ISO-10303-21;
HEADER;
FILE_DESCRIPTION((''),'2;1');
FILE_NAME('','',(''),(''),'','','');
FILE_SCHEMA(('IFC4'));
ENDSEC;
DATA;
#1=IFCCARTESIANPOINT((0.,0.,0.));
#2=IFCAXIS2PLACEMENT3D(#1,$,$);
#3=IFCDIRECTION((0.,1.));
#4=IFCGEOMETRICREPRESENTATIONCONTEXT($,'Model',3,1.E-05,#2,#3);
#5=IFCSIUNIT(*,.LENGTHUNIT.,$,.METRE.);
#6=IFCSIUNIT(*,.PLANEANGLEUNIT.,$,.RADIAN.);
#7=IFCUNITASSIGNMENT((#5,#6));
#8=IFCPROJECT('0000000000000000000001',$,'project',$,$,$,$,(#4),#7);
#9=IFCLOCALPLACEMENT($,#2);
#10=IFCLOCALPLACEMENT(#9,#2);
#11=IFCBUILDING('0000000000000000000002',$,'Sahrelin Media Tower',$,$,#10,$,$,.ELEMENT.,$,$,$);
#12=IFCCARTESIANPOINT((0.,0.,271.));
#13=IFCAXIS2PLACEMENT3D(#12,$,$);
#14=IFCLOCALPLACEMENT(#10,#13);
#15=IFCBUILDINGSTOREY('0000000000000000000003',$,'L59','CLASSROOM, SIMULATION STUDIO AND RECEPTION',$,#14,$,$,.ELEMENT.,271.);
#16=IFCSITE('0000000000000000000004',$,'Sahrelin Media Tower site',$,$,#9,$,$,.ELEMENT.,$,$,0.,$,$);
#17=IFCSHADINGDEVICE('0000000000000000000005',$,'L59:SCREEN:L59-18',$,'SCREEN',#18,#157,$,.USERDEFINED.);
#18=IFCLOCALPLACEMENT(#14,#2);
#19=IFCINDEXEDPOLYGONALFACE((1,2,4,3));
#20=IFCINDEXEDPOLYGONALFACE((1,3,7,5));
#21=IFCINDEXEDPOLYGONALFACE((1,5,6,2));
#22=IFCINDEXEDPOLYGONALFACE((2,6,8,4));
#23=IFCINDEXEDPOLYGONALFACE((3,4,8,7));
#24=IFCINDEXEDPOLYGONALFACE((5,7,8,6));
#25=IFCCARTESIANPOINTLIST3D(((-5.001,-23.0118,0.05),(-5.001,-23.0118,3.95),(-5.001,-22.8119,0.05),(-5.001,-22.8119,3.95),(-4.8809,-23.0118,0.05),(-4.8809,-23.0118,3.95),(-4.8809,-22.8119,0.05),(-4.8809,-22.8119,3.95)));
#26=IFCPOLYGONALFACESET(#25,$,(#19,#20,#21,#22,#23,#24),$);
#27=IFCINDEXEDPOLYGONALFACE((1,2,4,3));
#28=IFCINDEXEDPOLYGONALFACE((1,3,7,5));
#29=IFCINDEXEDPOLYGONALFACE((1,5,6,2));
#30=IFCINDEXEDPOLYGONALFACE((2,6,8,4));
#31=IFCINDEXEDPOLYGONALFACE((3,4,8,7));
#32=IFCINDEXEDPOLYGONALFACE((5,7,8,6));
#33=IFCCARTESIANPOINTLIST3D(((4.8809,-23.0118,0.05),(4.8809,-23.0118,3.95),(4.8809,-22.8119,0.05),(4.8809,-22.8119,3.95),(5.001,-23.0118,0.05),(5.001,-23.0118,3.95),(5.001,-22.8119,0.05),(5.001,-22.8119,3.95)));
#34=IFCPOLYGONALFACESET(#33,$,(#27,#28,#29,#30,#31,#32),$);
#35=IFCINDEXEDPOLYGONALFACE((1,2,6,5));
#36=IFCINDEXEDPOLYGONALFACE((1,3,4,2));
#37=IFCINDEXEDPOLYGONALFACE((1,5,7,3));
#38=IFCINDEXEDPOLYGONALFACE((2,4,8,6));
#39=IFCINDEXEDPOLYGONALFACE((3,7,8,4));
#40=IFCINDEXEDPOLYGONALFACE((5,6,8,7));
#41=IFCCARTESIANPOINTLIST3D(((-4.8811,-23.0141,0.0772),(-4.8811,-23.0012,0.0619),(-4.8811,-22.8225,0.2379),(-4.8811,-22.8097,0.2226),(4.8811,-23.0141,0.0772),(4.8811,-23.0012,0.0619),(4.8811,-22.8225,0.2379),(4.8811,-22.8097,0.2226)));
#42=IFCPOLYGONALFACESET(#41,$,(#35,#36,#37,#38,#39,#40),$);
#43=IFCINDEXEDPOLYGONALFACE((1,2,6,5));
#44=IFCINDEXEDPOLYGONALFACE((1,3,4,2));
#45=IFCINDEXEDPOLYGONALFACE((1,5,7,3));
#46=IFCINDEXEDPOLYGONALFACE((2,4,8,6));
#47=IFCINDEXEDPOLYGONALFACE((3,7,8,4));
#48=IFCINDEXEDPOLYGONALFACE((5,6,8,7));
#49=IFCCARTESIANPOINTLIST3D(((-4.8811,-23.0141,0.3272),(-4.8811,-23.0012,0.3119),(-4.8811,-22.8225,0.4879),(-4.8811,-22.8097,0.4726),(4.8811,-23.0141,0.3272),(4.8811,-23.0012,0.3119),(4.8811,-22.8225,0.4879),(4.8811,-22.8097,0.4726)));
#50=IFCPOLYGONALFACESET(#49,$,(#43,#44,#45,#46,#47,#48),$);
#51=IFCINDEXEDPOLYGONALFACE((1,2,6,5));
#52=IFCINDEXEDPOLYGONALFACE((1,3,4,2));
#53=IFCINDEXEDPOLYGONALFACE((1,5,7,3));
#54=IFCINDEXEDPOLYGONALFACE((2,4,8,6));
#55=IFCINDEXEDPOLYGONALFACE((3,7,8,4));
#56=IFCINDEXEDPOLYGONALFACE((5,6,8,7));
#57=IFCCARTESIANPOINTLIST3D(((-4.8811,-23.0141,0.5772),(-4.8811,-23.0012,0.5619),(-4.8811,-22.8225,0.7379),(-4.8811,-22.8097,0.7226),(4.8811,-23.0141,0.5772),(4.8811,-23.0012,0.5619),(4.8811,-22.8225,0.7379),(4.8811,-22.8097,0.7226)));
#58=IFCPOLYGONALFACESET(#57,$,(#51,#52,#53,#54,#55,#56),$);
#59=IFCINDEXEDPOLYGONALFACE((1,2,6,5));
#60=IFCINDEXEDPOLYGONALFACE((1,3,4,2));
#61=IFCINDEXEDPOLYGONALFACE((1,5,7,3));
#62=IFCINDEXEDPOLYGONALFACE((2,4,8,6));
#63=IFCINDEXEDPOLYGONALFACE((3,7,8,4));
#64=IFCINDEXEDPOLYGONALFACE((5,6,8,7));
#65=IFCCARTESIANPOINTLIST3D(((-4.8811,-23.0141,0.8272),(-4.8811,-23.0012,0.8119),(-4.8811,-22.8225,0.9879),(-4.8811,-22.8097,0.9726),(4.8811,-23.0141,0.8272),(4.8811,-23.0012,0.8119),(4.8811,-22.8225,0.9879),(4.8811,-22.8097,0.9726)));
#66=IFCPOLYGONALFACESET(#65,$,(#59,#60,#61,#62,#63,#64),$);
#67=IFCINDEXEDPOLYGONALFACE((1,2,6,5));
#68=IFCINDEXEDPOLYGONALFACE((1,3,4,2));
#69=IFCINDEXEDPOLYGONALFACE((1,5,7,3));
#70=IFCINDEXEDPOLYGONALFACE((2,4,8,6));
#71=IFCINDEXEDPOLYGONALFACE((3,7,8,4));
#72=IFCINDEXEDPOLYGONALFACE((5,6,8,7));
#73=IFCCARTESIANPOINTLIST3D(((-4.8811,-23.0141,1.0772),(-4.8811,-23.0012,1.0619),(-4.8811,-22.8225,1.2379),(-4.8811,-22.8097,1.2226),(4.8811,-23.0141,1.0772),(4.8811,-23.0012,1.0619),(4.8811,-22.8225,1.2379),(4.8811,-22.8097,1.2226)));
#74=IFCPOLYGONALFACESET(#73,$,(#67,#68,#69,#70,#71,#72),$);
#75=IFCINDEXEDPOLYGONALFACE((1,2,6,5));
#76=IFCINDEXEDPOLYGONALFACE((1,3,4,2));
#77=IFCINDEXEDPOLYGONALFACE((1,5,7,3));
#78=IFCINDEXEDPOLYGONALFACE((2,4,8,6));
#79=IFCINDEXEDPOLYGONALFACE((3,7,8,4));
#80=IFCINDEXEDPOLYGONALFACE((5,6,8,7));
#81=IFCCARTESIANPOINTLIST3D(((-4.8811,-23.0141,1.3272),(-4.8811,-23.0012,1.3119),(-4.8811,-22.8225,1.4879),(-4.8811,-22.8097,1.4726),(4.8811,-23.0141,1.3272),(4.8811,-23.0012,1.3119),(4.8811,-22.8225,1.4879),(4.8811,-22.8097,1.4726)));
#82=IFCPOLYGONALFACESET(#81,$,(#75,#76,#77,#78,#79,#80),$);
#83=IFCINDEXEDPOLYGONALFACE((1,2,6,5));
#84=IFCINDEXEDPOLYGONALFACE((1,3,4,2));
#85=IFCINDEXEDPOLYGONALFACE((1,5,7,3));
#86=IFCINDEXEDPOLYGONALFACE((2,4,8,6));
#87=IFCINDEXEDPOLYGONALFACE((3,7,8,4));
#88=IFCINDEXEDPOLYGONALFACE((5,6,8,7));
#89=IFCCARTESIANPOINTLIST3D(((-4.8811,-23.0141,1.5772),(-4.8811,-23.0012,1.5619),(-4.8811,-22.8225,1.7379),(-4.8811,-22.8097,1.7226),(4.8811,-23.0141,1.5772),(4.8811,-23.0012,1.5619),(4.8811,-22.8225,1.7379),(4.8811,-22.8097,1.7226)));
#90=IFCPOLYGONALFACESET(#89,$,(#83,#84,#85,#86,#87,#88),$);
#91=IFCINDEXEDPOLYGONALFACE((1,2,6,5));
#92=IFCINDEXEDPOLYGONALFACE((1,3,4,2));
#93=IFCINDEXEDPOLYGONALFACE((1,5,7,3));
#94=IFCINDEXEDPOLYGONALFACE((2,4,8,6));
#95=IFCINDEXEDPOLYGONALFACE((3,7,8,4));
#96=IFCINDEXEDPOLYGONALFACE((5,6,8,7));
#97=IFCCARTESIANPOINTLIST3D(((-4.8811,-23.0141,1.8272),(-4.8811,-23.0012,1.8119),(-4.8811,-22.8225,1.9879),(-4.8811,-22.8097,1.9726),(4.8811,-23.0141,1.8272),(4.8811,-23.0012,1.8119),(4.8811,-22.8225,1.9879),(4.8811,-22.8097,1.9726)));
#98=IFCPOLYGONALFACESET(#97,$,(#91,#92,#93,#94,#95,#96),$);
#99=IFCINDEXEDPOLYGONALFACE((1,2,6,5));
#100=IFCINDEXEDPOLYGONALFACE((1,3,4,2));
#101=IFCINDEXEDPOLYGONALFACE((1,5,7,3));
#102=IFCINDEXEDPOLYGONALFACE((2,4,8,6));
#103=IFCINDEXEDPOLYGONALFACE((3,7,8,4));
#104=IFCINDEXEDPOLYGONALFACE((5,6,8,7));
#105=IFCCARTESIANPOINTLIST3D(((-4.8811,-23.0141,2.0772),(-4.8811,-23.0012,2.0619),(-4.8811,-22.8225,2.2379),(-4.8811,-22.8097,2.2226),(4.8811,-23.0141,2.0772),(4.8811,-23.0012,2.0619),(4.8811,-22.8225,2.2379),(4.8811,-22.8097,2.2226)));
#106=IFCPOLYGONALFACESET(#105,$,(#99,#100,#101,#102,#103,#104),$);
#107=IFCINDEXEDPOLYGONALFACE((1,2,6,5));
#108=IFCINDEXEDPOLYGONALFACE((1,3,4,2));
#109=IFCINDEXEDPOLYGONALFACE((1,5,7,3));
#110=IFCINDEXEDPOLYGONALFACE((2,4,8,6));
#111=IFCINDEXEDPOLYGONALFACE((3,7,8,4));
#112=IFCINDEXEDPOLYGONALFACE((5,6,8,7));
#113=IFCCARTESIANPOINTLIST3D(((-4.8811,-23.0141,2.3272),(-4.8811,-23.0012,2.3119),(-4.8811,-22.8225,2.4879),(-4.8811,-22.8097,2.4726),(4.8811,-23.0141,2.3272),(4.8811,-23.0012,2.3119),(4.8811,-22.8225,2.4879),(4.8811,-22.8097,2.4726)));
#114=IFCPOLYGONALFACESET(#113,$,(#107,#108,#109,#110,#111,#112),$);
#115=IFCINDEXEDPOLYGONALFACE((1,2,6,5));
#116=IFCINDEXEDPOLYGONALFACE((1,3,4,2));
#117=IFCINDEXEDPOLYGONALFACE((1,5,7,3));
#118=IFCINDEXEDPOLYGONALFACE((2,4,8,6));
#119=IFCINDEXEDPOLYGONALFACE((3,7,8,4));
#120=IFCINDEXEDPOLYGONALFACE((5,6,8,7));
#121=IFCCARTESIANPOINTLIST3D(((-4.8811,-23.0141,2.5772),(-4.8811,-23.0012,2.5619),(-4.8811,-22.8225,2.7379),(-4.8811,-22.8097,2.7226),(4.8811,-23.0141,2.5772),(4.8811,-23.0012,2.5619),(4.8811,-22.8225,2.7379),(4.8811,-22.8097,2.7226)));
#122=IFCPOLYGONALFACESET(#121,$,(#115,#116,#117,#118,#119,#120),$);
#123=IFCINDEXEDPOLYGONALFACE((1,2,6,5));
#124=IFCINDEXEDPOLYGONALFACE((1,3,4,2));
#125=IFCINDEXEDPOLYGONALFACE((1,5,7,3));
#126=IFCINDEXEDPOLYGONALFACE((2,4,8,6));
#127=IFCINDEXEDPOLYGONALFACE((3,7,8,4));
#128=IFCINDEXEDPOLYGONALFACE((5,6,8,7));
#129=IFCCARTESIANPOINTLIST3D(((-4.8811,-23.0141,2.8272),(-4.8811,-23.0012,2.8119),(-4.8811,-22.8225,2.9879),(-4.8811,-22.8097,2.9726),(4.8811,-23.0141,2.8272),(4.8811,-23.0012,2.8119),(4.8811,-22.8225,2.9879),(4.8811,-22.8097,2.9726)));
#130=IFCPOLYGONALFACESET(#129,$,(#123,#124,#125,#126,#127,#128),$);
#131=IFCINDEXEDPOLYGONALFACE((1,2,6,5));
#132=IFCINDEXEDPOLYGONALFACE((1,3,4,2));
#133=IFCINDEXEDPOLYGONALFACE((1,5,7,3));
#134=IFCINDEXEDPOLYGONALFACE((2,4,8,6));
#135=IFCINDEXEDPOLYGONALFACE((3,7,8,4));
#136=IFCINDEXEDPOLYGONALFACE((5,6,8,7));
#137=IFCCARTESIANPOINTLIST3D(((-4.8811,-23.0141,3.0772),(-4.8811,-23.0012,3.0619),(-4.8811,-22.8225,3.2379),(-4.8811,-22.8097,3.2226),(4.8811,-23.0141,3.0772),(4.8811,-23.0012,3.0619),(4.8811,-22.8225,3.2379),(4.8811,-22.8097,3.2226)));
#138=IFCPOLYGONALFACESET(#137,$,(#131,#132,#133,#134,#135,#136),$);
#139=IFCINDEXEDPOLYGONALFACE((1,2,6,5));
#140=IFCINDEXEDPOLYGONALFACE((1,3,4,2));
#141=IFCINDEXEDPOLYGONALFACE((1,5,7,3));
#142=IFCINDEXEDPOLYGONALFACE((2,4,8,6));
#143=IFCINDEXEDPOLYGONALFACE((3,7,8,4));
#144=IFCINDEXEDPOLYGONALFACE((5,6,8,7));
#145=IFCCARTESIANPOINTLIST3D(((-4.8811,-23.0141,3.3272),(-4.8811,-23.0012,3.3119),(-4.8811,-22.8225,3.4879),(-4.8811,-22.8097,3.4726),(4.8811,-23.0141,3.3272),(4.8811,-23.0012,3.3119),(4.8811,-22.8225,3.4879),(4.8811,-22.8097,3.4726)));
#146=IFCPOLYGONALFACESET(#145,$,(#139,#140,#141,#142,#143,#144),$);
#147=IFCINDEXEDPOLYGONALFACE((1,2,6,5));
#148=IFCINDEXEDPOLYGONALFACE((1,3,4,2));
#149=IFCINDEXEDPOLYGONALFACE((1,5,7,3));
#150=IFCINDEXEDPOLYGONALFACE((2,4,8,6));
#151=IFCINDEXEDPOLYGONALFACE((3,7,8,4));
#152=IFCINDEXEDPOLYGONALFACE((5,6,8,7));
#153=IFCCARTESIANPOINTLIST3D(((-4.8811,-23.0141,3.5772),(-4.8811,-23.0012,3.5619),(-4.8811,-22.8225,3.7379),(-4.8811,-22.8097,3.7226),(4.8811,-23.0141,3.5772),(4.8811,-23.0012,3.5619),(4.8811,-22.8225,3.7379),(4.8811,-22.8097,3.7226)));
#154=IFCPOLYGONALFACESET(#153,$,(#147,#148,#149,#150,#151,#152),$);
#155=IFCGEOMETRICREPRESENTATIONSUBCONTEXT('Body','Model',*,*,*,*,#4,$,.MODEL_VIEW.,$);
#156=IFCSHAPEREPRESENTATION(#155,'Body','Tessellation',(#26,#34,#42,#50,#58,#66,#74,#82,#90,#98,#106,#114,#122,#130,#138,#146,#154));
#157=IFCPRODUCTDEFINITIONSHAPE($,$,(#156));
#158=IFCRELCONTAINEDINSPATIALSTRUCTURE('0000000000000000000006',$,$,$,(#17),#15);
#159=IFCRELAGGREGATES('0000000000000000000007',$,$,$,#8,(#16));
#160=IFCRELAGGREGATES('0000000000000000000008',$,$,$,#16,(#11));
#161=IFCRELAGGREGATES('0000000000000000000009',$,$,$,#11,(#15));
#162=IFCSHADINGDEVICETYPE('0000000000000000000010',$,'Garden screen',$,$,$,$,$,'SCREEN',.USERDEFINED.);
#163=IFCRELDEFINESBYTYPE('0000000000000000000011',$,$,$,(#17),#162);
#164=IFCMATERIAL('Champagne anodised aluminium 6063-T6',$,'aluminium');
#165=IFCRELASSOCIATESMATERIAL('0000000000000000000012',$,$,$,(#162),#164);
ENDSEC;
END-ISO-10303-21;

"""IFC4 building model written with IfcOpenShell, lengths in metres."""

from ifc_helpers import new_model, si_unit, direction, frame, origin, origin_2d, place, context, subcontext, project, spatial, rectangle, extrude, material, type_object, element, save


model = new_model("IFC4")

# Units and contexts
model_context = context("Model", 3, precision=1e-05, world=origin(), true_north=direction((0.0, 1.0)))
body_context = subcontext(model_context, "Body", "Model", "MODEL_VIEW")
ifc_project = project(units=[si_unit("LENGTHUNIT", "METRE"), si_unit("PLANEANGLEUNIT", "RADIAN")], contexts=[model_context])

# Site, building, storey
site_placement = place(None, origin())
site = spatial("IfcSite", under=ifc_project, at=site_placement, Name="Sahrelin Media Tower site", CompositionType="ELEMENT", RefElevation=0.0)
building_placement = place(site_placement, origin())
building = spatial("IfcBuilding", under=site, at=building_placement, Name="Sahrelin Media Tower", CompositionType="ELEMENT")
storey_placement = place(building_placement, frame((0.0, 0.0, 271.0)))
storey = spatial("IfcBuildingStorey", under=building, at=storey_placement, Name="L59", Description="CLASSROOM, SIMULATION STUDIO AND RECEPTION", CompositionType="ELEMENT", Elevation=271.0)

# Shading device
ifc_material_1 = material(Name="Champagne anodised aluminium 6063-T6", Category="aluminium")
shading_device_type = type_object("IfcShadingDeviceType", Name="Garden screen", ElementType="SCREEN", PredefinedType="USERDEFINED", material=ifc_material_1)
shading_device_1_placement = place(storey_placement, frame((0.0, -22.8118, 0.0), z_axis=(0.0, 0.0, 1.0), x_axis=(-1.0, 0.0, 0.0)))
element("IfcShadingDevice", 1, at=shading_device_1_placement, inside=storey, type_object=shading_device_type, Name="L59:SCREEN:L59-18", ObjectType="SCREEN", PredefinedType="USERDEFINED", context=body_context, shape_type="SweptSolid", body=[
    extrude(rectangle(XDim=0.1201, YDim=0.2, at=origin_2d()), frame((4.9409, 0.1001, 0.05), z_axis=(0.0, 0.0, 1.0), x_axis=(1.0, 0.0, 0.0)), (0.0, 0.0, 1.0), 3.8999),
    extrude(rectangle(XDim=0.1201, YDim=0.2, at=origin_2d()), frame((-4.9409, 0.1001, 0.05), z_axis=(0.0, 0.0, 1.0), x_axis=(1.0, 0.0, 0.0)), (0.0, 0.0, 1.0), 3.8999),
    extrude(rectangle(XDim=0.25, YDim=0.02, at=origin_2d()), frame((4.8811, 0.1001, 0.1499), z_axis=(-1.0, 0.0, 0.0), x_axis=(0.0, -0.766044, 0.642788)), (0.0, 0.0, 1.0), 9.7622),
    extrude(rectangle(XDim=0.25, YDim=0.02, at=origin_2d()), frame((4.8811, 0.1001, 0.3999), z_axis=(-1.0, 0.0, 0.0), x_axis=(0.0, -0.766044, 0.642788)), (0.0, 0.0, 1.0), 9.7622),
    extrude(rectangle(XDim=0.25, YDim=0.02, at=origin_2d()), frame((4.8811, 0.1001, 0.6499), z_axis=(-1.0, 0.0, 0.0), x_axis=(0.0, -0.766044, 0.642788)), (0.0, 0.0, 1.0), 9.7622),
    extrude(rectangle(XDim=0.25, YDim=0.02, at=origin_2d()), frame((4.8811, 0.1001, 0.8999), z_axis=(-1.0, 0.0, 0.0), x_axis=(0.0, -0.766044, 0.642788)), (0.0, 0.0, 1.0), 9.7622),
    extrude(rectangle(XDim=0.25, YDim=0.02, at=origin_2d()), frame((4.8811, 0.1001, 1.1499), z_axis=(-1.0, 0.0, 0.0), x_axis=(0.0, -0.766044, 0.642788)), (0.0, 0.0, 1.0), 9.7622),
    extrude(rectangle(XDim=0.25, YDim=0.02, at=origin_2d()), frame((4.8811, 0.1001, 1.3999), z_axis=(-1.0, 0.0, 0.0), x_axis=(0.0, -0.766044, 0.642788)), (0.0, 0.0, 1.0), 9.7622),
    extrude(rectangle(XDim=0.25, YDim=0.02, at=origin_2d()), frame((4.8811, 0.1001, 1.6499), z_axis=(-1.0, 0.0, 0.0), x_axis=(0.0, -0.766044, 0.642788)), (0.0, 0.0, 1.0), 9.7622),
    extrude(rectangle(XDim=0.25, YDim=0.02, at=origin_2d()), frame((4.8811, 0.1001, 1.8999), z_axis=(-1.0, 0.0, 0.0), x_axis=(0.0, -0.766044, 0.642788)), (0.0, 0.0, 1.0), 9.7622),
    extrude(rectangle(XDim=0.25, YDim=0.02, at=origin_2d()), frame((4.8811, 0.1001, 2.1499), z_axis=(-1.0, 0.0, 0.0), x_axis=(0.0, -0.766044, 0.642788)), (0.0, 0.0, 1.0), 9.7622),
    extrude(rectangle(XDim=0.25, YDim=0.02, at=origin_2d()), frame((4.8811, 0.1001, 2.3999), z_axis=(-1.0, 0.0, 0.0), x_axis=(0.0, -0.766044, 0.642788)), (0.0, 0.0, 1.0), 9.7622),
    extrude(rectangle(XDim=0.25, YDim=0.02, at=origin_2d()), frame((4.8811, 0.1001, 2.6499), z_axis=(-1.0, 0.0, 0.0), x_axis=(0.0, -0.766044, 0.642788)), (0.0, 0.0, 1.0), 9.7622),
    extrude(rectangle(XDim=0.25, YDim=0.02, at=origin_2d()), frame((4.8811, 0.1001, 2.8999), z_axis=(-1.0, 0.0, 0.0), x_axis=(0.0, -0.766044, 0.642788)), (0.0, 0.0, 1.0), 9.7622),
    extrude(rectangle(XDim=0.25, YDim=0.02, at=origin_2d()), frame((4.8811, 0.1001, 3.1499), z_axis=(-1.0, 0.0, 0.0), x_axis=(0.0, -0.766044, 0.642788)), (0.0, 0.0, 1.0), 9.7622),
    extrude(rectangle(XDim=0.25, YDim=0.02, at=origin_2d()), frame((4.8811, 0.1001, 3.3999), z_axis=(-1.0, 0.0, 0.0), x_axis=(0.0, -0.766044, 0.642788)), (0.0, 0.0, 1.0), 9.7622),
    extrude(rectangle(XDim=0.25, YDim=0.02, at=origin_2d()), frame((4.8811, 0.1001, 3.6499), z_axis=(-1.0, 0.0, 0.0), x_axis=(0.0, -0.766044, 0.642788)), (0.0, 0.0, 1.0), 9.7622),
])

save(model, "model.ifc")
